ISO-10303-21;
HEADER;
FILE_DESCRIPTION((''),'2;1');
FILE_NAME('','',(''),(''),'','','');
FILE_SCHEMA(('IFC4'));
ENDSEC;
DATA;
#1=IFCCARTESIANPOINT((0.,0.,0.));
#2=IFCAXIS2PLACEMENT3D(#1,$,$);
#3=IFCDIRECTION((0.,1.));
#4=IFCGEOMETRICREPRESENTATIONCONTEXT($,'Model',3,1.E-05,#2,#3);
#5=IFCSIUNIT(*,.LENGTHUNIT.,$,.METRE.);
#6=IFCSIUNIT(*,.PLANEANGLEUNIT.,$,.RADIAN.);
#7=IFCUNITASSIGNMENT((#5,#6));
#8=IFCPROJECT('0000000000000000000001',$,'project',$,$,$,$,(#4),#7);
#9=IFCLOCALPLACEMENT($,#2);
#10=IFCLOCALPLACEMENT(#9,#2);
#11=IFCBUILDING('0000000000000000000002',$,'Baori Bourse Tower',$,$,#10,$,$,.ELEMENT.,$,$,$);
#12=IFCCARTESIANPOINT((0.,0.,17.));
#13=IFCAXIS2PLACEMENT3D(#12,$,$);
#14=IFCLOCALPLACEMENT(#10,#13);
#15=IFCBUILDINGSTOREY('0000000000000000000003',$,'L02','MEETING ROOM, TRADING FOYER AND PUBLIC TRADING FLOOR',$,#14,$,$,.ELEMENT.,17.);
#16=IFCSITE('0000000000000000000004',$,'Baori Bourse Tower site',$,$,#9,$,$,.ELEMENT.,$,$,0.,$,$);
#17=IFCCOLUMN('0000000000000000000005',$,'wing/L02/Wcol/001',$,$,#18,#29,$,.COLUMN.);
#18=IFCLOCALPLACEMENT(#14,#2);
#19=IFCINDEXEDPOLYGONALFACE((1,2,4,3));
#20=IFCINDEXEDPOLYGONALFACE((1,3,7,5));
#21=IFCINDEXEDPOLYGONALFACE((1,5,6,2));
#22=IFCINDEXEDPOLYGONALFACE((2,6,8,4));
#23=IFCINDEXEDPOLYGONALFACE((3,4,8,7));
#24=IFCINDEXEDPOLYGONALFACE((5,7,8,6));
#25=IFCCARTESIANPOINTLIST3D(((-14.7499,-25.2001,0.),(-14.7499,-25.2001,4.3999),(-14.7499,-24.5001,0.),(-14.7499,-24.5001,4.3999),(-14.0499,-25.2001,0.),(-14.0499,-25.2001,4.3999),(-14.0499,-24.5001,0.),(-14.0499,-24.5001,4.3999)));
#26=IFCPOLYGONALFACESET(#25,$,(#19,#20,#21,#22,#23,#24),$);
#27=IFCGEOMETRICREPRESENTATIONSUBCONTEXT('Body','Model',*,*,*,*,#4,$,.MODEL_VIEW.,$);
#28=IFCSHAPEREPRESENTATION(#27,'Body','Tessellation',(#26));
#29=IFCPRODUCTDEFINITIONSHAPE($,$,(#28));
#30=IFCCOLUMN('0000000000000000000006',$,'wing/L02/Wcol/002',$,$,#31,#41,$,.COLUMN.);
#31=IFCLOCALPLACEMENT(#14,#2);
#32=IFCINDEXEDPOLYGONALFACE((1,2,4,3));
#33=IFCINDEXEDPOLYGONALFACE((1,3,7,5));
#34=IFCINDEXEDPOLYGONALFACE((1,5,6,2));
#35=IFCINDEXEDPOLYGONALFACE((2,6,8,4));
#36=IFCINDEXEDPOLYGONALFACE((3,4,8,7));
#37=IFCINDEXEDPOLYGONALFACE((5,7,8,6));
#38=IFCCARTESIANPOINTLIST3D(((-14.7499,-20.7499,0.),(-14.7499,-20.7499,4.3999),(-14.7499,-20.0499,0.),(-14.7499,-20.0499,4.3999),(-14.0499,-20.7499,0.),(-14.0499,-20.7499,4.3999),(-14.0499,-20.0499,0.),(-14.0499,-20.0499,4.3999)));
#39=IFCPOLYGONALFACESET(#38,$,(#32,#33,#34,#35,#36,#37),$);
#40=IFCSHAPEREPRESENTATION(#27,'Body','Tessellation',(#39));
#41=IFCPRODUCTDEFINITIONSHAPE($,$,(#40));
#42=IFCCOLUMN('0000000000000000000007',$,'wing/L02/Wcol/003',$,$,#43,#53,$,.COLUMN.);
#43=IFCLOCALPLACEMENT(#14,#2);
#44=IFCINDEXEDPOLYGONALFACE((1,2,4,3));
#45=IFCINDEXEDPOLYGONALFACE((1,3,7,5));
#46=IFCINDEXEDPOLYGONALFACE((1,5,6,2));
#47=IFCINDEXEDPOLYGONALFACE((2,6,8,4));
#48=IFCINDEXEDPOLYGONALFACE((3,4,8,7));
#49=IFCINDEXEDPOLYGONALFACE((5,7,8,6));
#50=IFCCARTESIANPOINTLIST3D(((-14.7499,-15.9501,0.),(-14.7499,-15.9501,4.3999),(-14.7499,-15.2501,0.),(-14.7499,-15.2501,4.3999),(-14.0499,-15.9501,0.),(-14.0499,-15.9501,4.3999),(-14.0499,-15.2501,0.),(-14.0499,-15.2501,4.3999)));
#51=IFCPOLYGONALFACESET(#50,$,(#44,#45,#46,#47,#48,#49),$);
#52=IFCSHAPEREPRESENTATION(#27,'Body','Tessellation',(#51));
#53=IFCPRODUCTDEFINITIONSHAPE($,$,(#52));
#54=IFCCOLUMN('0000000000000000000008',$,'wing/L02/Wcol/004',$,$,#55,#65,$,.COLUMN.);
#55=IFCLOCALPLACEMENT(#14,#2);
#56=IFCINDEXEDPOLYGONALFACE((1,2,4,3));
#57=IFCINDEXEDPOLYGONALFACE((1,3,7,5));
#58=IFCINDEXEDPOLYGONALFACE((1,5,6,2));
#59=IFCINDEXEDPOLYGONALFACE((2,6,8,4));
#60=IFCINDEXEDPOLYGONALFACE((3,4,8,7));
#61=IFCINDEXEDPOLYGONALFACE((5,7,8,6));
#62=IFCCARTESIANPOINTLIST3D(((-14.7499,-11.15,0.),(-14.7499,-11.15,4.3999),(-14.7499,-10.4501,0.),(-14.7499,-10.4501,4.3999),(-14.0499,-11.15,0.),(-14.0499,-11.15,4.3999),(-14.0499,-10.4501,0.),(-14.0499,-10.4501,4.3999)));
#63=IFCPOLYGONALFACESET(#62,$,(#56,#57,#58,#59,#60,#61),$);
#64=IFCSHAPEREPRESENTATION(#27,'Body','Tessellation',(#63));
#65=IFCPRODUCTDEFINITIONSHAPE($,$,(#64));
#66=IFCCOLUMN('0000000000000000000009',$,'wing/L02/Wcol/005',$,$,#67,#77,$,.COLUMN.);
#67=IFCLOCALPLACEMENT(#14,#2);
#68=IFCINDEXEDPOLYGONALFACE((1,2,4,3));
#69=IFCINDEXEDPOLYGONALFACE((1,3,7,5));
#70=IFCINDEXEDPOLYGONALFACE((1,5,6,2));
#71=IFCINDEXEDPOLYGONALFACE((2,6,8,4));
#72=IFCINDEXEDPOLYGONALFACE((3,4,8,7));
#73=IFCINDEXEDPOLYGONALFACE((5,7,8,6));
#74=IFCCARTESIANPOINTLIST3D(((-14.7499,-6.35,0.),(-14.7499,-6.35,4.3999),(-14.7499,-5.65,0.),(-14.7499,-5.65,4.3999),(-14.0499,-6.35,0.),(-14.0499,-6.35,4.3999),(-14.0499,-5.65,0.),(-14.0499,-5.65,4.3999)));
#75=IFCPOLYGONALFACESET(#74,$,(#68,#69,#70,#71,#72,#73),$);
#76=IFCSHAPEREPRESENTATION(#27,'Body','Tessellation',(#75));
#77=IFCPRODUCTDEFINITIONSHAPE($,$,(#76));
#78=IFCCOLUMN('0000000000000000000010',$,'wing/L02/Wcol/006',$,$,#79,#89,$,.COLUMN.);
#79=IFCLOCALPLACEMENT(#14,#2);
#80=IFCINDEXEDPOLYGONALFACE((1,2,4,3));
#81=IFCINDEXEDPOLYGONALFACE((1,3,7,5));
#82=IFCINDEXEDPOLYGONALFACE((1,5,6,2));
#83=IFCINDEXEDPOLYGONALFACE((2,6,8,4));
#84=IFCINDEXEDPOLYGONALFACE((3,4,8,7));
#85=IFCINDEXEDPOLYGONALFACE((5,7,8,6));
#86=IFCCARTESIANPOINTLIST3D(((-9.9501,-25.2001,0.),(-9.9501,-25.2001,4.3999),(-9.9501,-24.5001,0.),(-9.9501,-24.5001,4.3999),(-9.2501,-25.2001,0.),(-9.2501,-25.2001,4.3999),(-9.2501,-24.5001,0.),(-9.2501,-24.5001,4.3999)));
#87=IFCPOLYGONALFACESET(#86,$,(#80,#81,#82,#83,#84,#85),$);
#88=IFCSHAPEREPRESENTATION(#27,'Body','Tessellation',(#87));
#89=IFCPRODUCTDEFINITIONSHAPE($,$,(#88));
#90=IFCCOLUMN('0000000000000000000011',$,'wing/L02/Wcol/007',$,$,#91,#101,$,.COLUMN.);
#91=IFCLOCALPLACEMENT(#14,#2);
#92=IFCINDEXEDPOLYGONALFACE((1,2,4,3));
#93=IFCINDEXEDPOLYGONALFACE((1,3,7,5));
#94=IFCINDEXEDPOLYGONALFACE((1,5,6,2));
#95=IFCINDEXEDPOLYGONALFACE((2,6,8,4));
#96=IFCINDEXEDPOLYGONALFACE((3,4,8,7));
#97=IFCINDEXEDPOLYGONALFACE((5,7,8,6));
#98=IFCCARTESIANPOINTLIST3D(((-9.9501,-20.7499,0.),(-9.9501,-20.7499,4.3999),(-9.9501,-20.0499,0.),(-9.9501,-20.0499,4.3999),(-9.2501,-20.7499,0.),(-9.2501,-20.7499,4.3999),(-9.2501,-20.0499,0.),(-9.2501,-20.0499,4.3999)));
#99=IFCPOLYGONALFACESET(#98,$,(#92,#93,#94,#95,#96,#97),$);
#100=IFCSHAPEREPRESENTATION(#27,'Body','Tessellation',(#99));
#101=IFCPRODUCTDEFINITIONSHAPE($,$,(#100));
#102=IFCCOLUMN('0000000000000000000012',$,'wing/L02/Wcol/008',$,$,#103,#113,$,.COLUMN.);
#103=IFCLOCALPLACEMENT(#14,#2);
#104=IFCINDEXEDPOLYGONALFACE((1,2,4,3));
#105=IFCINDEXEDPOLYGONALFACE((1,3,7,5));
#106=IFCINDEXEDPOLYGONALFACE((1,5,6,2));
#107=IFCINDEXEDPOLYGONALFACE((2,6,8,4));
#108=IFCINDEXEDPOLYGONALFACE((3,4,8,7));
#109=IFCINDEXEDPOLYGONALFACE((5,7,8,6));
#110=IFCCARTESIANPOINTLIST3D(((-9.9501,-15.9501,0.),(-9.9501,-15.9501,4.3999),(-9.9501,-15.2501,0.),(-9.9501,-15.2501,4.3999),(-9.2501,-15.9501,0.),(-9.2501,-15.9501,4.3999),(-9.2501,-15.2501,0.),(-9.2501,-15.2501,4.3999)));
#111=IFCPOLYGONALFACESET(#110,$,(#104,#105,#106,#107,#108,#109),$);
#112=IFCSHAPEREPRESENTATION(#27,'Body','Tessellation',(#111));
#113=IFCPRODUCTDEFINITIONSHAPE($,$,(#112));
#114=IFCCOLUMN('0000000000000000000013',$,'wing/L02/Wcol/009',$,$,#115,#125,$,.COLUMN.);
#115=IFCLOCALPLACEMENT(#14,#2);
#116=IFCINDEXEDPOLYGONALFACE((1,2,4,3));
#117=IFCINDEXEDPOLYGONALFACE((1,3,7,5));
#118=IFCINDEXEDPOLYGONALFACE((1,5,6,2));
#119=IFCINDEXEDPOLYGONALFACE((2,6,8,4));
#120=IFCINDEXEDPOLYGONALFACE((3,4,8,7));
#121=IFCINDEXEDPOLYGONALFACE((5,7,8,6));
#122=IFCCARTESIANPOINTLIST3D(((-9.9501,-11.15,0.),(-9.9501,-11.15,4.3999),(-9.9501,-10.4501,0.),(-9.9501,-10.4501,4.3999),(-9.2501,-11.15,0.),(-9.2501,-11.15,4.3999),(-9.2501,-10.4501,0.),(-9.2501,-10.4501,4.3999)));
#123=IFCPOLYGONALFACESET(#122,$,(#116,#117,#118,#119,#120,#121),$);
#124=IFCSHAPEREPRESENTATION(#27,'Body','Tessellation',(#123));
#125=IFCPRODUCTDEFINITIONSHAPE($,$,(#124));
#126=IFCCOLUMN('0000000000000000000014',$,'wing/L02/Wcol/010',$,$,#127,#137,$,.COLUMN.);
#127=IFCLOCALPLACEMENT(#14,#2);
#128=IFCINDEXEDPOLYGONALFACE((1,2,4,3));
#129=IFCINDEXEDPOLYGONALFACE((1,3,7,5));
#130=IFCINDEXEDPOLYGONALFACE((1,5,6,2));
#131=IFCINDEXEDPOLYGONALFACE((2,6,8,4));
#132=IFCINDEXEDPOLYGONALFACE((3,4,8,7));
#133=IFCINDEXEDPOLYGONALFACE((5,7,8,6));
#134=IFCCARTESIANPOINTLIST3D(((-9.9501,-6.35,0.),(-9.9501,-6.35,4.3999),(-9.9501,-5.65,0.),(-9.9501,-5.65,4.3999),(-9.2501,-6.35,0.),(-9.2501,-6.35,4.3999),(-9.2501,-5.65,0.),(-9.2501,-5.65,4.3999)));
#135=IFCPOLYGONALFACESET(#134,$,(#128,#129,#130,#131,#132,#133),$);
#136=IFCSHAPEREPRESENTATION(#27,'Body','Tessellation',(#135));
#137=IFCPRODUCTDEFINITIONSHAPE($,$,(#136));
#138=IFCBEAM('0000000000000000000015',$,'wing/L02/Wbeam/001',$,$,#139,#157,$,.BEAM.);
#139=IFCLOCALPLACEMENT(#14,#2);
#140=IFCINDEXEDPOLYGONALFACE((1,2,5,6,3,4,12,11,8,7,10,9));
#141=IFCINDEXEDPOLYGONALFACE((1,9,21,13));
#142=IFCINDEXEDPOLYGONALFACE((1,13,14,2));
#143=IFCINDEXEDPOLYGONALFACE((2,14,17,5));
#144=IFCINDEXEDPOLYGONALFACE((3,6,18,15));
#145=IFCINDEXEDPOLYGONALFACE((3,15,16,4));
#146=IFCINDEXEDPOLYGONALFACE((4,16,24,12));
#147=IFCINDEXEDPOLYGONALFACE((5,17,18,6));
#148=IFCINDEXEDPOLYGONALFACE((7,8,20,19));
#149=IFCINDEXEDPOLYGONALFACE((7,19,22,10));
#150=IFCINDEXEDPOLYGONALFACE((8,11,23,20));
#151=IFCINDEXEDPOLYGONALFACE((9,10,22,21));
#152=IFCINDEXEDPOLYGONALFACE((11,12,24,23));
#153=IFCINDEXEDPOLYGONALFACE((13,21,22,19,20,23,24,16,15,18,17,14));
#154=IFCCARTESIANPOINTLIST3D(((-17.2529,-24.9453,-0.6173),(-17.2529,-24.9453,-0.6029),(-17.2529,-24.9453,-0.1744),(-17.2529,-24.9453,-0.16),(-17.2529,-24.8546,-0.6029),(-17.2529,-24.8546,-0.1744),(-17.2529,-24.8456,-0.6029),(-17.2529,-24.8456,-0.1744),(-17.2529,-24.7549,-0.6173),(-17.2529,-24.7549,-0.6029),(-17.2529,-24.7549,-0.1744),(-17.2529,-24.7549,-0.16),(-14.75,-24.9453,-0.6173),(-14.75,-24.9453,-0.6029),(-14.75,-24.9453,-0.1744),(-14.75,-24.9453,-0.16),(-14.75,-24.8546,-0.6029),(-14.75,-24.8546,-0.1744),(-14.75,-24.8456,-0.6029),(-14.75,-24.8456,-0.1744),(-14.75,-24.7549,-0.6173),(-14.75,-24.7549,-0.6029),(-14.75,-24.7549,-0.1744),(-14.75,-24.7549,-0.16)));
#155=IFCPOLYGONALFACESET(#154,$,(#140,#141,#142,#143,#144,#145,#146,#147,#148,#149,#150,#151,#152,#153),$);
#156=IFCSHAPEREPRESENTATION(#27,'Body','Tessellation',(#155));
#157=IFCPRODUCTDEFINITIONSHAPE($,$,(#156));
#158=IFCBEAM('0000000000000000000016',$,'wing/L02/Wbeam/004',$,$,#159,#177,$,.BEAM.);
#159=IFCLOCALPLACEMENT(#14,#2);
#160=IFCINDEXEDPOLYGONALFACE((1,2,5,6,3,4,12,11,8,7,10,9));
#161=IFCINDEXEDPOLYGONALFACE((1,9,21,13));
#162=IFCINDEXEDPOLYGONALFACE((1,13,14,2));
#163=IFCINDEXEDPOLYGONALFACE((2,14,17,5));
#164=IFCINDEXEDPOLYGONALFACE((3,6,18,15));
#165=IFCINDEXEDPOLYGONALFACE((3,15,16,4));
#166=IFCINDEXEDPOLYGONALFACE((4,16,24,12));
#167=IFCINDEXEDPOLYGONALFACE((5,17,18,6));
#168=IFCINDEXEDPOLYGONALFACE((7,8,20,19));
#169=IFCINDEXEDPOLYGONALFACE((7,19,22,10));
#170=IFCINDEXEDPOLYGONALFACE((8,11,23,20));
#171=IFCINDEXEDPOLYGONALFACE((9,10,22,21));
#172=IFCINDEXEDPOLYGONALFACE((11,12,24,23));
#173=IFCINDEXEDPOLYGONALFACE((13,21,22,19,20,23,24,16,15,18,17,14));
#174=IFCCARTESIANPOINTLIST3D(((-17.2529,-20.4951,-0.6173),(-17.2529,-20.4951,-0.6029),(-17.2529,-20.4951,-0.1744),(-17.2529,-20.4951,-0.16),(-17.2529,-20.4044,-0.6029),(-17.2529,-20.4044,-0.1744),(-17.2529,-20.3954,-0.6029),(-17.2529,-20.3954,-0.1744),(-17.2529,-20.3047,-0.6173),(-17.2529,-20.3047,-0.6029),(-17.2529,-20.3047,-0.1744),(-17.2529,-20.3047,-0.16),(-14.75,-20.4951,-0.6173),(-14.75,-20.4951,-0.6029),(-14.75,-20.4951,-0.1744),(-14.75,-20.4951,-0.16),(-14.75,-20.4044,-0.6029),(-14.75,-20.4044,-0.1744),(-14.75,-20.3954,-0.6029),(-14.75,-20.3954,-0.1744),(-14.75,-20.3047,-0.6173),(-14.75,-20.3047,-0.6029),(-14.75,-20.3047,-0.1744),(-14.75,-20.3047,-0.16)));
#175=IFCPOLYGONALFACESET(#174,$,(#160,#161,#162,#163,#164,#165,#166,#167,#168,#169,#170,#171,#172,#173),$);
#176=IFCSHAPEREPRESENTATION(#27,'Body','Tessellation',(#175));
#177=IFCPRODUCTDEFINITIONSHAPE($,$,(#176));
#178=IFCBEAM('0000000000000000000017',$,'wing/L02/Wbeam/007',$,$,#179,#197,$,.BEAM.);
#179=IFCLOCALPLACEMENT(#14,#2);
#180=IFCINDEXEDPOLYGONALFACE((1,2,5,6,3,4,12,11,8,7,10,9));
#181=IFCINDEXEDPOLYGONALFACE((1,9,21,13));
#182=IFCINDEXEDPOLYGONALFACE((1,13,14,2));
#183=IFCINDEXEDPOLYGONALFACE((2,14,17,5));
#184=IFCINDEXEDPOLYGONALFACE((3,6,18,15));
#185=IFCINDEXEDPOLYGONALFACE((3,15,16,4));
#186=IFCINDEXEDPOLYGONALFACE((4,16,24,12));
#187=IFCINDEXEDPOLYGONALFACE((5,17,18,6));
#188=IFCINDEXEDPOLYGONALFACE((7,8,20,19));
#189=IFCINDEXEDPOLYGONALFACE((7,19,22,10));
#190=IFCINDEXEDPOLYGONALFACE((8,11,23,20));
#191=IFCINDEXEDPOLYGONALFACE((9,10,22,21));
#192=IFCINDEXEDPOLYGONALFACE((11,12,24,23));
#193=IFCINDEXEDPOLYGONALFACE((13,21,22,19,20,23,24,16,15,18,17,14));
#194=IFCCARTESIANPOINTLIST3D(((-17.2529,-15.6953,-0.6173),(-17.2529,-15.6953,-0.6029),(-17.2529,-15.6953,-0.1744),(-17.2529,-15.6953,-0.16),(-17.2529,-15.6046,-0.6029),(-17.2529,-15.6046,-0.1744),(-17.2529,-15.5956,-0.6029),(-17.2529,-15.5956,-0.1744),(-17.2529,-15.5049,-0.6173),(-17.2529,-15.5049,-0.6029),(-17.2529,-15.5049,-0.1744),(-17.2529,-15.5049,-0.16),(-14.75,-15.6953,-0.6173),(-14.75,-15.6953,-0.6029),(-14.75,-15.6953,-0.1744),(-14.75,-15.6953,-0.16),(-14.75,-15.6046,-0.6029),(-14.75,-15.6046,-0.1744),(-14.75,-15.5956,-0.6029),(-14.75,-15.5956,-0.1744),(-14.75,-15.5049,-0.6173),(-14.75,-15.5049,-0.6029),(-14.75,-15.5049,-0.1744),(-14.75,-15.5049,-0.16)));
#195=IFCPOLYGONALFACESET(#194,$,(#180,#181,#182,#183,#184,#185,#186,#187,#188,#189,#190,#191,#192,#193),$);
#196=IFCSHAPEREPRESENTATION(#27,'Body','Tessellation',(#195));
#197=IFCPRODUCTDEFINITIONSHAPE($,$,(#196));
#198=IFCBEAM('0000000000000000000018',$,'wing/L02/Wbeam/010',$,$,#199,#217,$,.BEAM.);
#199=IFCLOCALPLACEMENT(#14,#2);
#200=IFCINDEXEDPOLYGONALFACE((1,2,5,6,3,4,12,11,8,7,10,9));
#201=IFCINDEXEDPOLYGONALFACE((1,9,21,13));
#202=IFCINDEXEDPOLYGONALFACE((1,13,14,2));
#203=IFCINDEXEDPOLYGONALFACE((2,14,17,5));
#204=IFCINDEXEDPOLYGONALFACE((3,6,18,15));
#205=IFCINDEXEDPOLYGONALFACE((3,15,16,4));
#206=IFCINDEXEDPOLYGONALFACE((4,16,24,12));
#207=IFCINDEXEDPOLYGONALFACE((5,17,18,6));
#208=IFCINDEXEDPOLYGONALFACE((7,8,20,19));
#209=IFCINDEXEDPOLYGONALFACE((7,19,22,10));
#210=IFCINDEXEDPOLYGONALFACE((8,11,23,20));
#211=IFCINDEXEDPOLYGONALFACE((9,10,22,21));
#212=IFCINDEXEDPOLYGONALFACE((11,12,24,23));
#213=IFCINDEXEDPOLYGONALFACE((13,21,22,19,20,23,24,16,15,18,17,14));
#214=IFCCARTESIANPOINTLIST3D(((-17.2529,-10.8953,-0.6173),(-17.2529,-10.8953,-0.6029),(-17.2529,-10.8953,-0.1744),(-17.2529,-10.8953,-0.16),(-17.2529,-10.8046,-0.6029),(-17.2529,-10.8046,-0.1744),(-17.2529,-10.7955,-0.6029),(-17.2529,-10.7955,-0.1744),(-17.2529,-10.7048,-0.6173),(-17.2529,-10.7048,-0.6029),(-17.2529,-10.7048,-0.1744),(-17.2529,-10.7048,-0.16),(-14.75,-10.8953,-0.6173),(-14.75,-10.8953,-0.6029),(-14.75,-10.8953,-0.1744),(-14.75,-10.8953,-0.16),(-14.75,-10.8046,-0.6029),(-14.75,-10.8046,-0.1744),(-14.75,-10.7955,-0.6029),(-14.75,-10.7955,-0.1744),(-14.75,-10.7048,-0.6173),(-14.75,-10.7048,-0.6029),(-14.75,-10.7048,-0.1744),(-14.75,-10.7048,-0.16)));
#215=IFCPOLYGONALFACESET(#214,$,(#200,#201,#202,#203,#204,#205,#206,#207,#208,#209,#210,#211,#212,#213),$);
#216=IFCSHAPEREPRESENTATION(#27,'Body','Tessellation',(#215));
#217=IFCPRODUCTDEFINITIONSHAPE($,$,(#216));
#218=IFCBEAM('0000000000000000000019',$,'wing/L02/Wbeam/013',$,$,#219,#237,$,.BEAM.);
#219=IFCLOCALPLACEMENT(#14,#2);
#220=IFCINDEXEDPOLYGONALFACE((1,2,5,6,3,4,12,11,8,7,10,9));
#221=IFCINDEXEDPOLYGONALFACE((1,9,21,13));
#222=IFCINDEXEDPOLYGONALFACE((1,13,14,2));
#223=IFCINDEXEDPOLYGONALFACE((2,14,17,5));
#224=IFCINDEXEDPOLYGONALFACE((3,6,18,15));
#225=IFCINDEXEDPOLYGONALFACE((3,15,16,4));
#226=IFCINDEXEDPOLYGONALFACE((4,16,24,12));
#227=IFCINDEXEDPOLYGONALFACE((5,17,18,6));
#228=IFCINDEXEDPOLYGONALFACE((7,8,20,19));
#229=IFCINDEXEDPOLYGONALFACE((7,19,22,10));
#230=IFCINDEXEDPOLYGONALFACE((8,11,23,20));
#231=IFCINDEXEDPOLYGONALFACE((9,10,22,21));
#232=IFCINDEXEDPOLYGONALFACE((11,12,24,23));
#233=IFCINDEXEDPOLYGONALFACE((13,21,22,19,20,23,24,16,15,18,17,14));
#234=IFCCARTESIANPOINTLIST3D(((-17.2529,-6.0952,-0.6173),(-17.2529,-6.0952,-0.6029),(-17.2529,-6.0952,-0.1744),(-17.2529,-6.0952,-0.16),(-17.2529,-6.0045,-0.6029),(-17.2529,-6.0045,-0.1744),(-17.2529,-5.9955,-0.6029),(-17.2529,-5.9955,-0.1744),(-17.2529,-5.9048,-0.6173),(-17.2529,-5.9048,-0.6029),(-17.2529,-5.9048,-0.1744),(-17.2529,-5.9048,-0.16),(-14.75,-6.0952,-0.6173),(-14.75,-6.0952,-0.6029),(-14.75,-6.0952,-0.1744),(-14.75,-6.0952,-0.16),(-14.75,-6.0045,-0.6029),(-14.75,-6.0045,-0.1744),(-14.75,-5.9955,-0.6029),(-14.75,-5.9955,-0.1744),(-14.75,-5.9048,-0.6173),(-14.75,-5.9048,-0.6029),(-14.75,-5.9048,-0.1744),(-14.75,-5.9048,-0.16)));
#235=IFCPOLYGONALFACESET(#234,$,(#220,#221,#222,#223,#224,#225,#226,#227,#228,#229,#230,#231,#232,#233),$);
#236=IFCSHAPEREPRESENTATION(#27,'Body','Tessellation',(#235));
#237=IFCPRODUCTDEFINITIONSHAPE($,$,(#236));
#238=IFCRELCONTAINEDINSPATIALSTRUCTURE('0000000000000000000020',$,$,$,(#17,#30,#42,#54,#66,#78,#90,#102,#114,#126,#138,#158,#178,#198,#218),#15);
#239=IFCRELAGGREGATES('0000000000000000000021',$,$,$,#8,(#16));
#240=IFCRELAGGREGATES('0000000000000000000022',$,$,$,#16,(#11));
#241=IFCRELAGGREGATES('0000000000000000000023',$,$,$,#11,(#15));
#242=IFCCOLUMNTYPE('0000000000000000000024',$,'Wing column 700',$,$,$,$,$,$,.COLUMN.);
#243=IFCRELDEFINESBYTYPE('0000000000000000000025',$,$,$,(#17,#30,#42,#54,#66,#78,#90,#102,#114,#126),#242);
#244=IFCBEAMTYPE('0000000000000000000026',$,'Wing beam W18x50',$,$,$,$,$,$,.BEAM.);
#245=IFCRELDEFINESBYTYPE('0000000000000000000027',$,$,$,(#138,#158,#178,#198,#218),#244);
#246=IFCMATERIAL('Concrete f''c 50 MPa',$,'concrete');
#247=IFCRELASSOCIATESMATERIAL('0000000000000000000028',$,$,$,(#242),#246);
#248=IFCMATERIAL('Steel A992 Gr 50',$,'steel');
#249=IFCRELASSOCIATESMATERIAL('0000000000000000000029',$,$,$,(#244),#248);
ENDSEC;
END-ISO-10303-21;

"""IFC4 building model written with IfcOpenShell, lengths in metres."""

from ifc_helpers import new_model, si_unit, direction, frame, origin, origin_2d, place, context, subcontext, project, spatial, rectangle, i_section, extrude, material, material_profile, profile_set, type_object, element, save


model = new_model("IFC4")

# Units and contexts
model_context = context("Model", 3, precision=1e-05, world=origin(), true_north=direction((0.0, 1.0)))
body_context = subcontext(model_context, "Body", "Model", "MODEL_VIEW")
ifc_project = project(units=[si_unit("LENGTHUNIT", "METRE"), si_unit("PLANEANGLEUNIT", "RADIAN")], contexts=[model_context])

# Site, building, storey
site_placement = place(None, origin())
site = spatial("IfcSite", under=ifc_project, at=site_placement, Name="Baori Bourse Tower site", CompositionType="ELEMENT", RefElevation=0.0)
building_placement = place(site_placement, origin())
building = spatial("IfcBuilding", under=site, at=building_placement, Name="Baori Bourse Tower", CompositionType="ELEMENT")
storey_placement = place(building_placement, frame((0.0, 0.0, 17.0)))
storey = spatial("IfcBuildingStorey", under=building, at=storey_placement, Name="L02", Description="MEETING ROOM, TRADING FOYER AND PUBLIC TRADING FLOOR", CompositionType="ELEMENT", Elevation=17.0)

# Columns
ifc_material_1 = material(Name="Concrete f'c 50 MPa", Category="concrete")
ifc_material_profile_1 = material_profile(ifc_material_1, rectangle(XDim=0.7, YDim=0.7, at=origin_2d()), Name="Wing column 700")
ifc_profile_set_1 = profile_set([ifc_material_profile_1], Name="Concrete f'c 50 MPa")
column_type = type_object("IfcColumnType", Name="Wing column 700", PredefinedType="COLUMN", material=ifc_profile_set_1)
for number, where, z_axis, x_axis, name in (
    (1, (-14.3999, -24.8501, 0.0), (0.0, 0.0, 1.0), (1.0, 0.0, 0.0), "wing/L02/Wcol/001"),
    (2, (-14.3999, -20.3999, 0.0), (0.0, 0.0, 1.0), (1.0, 0.0, 0.0), "wing/L02/Wcol/002"),
    (3, (-14.3999, -15.6001, 0.0), (0.0, 0.0, 1.0), (1.0, 0.0, 0.0), "wing/L02/Wcol/003"),
    (4, (-14.3999, -10.8, 0.0), (0.0, 0.0, 1.0), (1.0, 0.0, 0.0), "wing/L02/Wcol/004"),
    (5, (-14.3999, -6.0, 0.0), (0.0, 0.0, 1.0), (1.0, 0.0, 0.0), "wing/L02/Wcol/005"),
    (6, (-9.6001, -24.8501, 0.0), (0.0, 0.0, 1.0), (1.0, 0.0, 0.0), "wing/L02/Wcol/006"),
    (7, (-9.6001, -20.3999, 0.0), (0.0, 0.0, 1.0), (1.0, 0.0, 0.0), "wing/L02/Wcol/007"),
    (8, (-9.6001, -15.6001, 0.0), (0.0, 0.0, 1.0), (1.0, 0.0, 0.0), "wing/L02/Wcol/008"),
    (9, (-9.6001, -10.8, 0.0), (0.0, 0.0, 1.0), (1.0, 0.0, 0.0), "wing/L02/Wcol/009"),
    (10, (-9.6001, -6.0, 0.0), (0.0, 0.0, 1.0), (1.0, 0.0, 0.0), "wing/L02/Wcol/010"),
):
    element("IfcColumn", number, at=place(storey_placement, frame(where, z_axis=z_axis, x_axis=x_axis)), inside=storey, type_object=column_type, Name=name, PredefinedType="COLUMN", context=body_context, shape_type="SweptSolid", body=[
        extrude(rectangle(XDim=0.7, YDim=0.7, at=origin_2d()), origin(), (0.0, 0.0, 1.0), 4.3999),
    ])

# Beams
ifc_material_2 = material(Name="Steel A992 Gr 50", Category="steel")
ifc_material_profile_2 = material_profile(ifc_material_2, i_section(OverallWidth=0.1904, OverallDepth=0.4573, WebThickness=0.009, FlangeThickness=0.0144, at=origin_2d()), Name="W18x50")
ifc_profile_set_2 = profile_set([ifc_material_profile_2], Name="Steel A992 Gr 50")
beam_type_1 = type_object("IfcBeamType", Name="Wing beam W18x50", PredefinedType="BEAM", material=ifc_profile_set_2)
for number, where, z_axis, x_axis, name in (
    (11, (-17.2529, -24.8501, -0.3887), (1.0, 0.0, 0.0), (0.0, 1.0, 0.0), "wing/L02/Wbeam/001"),
    (12, (-17.2529, -20.3999, -0.3887), (1.0, 0.0, 0.0), (0.0, 1.0, 0.0), "wing/L02/Wbeam/004"),
    (13, (-17.2529, -15.6001, -0.3887), (1.0, 0.0, 0.0), (0.0, 1.0, 0.0), "wing/L02/Wbeam/007"),
    (14, (-17.2529, -10.8, -0.3887), (1.0, 0.0, 0.0), (0.0, 1.0, 0.0), "wing/L02/Wbeam/010"),
    (15, (-17.2529, -6.0, -0.3887), (1.0, 0.0, 0.0), (0.0, 1.0, 0.0), "wing/L02/Wbeam/013"),
):
    element("IfcBeam", number, at=place(storey_placement, frame(where, z_axis=z_axis, x_axis=x_axis)), inside=storey, type_object=beam_type_1, Name=name, PredefinedType="BEAM", context=body_context, shape_type="SweptSolid", body=[
        extrude(i_section(OverallWidth=0.1904, OverallDepth=0.4573, WebThickness=0.009, FlangeThickness=0.0144, at=origin_2d()), origin(), (0.0, 0.0, 1.0), 2.5029),
    ])

save(model, "model.ifc")
